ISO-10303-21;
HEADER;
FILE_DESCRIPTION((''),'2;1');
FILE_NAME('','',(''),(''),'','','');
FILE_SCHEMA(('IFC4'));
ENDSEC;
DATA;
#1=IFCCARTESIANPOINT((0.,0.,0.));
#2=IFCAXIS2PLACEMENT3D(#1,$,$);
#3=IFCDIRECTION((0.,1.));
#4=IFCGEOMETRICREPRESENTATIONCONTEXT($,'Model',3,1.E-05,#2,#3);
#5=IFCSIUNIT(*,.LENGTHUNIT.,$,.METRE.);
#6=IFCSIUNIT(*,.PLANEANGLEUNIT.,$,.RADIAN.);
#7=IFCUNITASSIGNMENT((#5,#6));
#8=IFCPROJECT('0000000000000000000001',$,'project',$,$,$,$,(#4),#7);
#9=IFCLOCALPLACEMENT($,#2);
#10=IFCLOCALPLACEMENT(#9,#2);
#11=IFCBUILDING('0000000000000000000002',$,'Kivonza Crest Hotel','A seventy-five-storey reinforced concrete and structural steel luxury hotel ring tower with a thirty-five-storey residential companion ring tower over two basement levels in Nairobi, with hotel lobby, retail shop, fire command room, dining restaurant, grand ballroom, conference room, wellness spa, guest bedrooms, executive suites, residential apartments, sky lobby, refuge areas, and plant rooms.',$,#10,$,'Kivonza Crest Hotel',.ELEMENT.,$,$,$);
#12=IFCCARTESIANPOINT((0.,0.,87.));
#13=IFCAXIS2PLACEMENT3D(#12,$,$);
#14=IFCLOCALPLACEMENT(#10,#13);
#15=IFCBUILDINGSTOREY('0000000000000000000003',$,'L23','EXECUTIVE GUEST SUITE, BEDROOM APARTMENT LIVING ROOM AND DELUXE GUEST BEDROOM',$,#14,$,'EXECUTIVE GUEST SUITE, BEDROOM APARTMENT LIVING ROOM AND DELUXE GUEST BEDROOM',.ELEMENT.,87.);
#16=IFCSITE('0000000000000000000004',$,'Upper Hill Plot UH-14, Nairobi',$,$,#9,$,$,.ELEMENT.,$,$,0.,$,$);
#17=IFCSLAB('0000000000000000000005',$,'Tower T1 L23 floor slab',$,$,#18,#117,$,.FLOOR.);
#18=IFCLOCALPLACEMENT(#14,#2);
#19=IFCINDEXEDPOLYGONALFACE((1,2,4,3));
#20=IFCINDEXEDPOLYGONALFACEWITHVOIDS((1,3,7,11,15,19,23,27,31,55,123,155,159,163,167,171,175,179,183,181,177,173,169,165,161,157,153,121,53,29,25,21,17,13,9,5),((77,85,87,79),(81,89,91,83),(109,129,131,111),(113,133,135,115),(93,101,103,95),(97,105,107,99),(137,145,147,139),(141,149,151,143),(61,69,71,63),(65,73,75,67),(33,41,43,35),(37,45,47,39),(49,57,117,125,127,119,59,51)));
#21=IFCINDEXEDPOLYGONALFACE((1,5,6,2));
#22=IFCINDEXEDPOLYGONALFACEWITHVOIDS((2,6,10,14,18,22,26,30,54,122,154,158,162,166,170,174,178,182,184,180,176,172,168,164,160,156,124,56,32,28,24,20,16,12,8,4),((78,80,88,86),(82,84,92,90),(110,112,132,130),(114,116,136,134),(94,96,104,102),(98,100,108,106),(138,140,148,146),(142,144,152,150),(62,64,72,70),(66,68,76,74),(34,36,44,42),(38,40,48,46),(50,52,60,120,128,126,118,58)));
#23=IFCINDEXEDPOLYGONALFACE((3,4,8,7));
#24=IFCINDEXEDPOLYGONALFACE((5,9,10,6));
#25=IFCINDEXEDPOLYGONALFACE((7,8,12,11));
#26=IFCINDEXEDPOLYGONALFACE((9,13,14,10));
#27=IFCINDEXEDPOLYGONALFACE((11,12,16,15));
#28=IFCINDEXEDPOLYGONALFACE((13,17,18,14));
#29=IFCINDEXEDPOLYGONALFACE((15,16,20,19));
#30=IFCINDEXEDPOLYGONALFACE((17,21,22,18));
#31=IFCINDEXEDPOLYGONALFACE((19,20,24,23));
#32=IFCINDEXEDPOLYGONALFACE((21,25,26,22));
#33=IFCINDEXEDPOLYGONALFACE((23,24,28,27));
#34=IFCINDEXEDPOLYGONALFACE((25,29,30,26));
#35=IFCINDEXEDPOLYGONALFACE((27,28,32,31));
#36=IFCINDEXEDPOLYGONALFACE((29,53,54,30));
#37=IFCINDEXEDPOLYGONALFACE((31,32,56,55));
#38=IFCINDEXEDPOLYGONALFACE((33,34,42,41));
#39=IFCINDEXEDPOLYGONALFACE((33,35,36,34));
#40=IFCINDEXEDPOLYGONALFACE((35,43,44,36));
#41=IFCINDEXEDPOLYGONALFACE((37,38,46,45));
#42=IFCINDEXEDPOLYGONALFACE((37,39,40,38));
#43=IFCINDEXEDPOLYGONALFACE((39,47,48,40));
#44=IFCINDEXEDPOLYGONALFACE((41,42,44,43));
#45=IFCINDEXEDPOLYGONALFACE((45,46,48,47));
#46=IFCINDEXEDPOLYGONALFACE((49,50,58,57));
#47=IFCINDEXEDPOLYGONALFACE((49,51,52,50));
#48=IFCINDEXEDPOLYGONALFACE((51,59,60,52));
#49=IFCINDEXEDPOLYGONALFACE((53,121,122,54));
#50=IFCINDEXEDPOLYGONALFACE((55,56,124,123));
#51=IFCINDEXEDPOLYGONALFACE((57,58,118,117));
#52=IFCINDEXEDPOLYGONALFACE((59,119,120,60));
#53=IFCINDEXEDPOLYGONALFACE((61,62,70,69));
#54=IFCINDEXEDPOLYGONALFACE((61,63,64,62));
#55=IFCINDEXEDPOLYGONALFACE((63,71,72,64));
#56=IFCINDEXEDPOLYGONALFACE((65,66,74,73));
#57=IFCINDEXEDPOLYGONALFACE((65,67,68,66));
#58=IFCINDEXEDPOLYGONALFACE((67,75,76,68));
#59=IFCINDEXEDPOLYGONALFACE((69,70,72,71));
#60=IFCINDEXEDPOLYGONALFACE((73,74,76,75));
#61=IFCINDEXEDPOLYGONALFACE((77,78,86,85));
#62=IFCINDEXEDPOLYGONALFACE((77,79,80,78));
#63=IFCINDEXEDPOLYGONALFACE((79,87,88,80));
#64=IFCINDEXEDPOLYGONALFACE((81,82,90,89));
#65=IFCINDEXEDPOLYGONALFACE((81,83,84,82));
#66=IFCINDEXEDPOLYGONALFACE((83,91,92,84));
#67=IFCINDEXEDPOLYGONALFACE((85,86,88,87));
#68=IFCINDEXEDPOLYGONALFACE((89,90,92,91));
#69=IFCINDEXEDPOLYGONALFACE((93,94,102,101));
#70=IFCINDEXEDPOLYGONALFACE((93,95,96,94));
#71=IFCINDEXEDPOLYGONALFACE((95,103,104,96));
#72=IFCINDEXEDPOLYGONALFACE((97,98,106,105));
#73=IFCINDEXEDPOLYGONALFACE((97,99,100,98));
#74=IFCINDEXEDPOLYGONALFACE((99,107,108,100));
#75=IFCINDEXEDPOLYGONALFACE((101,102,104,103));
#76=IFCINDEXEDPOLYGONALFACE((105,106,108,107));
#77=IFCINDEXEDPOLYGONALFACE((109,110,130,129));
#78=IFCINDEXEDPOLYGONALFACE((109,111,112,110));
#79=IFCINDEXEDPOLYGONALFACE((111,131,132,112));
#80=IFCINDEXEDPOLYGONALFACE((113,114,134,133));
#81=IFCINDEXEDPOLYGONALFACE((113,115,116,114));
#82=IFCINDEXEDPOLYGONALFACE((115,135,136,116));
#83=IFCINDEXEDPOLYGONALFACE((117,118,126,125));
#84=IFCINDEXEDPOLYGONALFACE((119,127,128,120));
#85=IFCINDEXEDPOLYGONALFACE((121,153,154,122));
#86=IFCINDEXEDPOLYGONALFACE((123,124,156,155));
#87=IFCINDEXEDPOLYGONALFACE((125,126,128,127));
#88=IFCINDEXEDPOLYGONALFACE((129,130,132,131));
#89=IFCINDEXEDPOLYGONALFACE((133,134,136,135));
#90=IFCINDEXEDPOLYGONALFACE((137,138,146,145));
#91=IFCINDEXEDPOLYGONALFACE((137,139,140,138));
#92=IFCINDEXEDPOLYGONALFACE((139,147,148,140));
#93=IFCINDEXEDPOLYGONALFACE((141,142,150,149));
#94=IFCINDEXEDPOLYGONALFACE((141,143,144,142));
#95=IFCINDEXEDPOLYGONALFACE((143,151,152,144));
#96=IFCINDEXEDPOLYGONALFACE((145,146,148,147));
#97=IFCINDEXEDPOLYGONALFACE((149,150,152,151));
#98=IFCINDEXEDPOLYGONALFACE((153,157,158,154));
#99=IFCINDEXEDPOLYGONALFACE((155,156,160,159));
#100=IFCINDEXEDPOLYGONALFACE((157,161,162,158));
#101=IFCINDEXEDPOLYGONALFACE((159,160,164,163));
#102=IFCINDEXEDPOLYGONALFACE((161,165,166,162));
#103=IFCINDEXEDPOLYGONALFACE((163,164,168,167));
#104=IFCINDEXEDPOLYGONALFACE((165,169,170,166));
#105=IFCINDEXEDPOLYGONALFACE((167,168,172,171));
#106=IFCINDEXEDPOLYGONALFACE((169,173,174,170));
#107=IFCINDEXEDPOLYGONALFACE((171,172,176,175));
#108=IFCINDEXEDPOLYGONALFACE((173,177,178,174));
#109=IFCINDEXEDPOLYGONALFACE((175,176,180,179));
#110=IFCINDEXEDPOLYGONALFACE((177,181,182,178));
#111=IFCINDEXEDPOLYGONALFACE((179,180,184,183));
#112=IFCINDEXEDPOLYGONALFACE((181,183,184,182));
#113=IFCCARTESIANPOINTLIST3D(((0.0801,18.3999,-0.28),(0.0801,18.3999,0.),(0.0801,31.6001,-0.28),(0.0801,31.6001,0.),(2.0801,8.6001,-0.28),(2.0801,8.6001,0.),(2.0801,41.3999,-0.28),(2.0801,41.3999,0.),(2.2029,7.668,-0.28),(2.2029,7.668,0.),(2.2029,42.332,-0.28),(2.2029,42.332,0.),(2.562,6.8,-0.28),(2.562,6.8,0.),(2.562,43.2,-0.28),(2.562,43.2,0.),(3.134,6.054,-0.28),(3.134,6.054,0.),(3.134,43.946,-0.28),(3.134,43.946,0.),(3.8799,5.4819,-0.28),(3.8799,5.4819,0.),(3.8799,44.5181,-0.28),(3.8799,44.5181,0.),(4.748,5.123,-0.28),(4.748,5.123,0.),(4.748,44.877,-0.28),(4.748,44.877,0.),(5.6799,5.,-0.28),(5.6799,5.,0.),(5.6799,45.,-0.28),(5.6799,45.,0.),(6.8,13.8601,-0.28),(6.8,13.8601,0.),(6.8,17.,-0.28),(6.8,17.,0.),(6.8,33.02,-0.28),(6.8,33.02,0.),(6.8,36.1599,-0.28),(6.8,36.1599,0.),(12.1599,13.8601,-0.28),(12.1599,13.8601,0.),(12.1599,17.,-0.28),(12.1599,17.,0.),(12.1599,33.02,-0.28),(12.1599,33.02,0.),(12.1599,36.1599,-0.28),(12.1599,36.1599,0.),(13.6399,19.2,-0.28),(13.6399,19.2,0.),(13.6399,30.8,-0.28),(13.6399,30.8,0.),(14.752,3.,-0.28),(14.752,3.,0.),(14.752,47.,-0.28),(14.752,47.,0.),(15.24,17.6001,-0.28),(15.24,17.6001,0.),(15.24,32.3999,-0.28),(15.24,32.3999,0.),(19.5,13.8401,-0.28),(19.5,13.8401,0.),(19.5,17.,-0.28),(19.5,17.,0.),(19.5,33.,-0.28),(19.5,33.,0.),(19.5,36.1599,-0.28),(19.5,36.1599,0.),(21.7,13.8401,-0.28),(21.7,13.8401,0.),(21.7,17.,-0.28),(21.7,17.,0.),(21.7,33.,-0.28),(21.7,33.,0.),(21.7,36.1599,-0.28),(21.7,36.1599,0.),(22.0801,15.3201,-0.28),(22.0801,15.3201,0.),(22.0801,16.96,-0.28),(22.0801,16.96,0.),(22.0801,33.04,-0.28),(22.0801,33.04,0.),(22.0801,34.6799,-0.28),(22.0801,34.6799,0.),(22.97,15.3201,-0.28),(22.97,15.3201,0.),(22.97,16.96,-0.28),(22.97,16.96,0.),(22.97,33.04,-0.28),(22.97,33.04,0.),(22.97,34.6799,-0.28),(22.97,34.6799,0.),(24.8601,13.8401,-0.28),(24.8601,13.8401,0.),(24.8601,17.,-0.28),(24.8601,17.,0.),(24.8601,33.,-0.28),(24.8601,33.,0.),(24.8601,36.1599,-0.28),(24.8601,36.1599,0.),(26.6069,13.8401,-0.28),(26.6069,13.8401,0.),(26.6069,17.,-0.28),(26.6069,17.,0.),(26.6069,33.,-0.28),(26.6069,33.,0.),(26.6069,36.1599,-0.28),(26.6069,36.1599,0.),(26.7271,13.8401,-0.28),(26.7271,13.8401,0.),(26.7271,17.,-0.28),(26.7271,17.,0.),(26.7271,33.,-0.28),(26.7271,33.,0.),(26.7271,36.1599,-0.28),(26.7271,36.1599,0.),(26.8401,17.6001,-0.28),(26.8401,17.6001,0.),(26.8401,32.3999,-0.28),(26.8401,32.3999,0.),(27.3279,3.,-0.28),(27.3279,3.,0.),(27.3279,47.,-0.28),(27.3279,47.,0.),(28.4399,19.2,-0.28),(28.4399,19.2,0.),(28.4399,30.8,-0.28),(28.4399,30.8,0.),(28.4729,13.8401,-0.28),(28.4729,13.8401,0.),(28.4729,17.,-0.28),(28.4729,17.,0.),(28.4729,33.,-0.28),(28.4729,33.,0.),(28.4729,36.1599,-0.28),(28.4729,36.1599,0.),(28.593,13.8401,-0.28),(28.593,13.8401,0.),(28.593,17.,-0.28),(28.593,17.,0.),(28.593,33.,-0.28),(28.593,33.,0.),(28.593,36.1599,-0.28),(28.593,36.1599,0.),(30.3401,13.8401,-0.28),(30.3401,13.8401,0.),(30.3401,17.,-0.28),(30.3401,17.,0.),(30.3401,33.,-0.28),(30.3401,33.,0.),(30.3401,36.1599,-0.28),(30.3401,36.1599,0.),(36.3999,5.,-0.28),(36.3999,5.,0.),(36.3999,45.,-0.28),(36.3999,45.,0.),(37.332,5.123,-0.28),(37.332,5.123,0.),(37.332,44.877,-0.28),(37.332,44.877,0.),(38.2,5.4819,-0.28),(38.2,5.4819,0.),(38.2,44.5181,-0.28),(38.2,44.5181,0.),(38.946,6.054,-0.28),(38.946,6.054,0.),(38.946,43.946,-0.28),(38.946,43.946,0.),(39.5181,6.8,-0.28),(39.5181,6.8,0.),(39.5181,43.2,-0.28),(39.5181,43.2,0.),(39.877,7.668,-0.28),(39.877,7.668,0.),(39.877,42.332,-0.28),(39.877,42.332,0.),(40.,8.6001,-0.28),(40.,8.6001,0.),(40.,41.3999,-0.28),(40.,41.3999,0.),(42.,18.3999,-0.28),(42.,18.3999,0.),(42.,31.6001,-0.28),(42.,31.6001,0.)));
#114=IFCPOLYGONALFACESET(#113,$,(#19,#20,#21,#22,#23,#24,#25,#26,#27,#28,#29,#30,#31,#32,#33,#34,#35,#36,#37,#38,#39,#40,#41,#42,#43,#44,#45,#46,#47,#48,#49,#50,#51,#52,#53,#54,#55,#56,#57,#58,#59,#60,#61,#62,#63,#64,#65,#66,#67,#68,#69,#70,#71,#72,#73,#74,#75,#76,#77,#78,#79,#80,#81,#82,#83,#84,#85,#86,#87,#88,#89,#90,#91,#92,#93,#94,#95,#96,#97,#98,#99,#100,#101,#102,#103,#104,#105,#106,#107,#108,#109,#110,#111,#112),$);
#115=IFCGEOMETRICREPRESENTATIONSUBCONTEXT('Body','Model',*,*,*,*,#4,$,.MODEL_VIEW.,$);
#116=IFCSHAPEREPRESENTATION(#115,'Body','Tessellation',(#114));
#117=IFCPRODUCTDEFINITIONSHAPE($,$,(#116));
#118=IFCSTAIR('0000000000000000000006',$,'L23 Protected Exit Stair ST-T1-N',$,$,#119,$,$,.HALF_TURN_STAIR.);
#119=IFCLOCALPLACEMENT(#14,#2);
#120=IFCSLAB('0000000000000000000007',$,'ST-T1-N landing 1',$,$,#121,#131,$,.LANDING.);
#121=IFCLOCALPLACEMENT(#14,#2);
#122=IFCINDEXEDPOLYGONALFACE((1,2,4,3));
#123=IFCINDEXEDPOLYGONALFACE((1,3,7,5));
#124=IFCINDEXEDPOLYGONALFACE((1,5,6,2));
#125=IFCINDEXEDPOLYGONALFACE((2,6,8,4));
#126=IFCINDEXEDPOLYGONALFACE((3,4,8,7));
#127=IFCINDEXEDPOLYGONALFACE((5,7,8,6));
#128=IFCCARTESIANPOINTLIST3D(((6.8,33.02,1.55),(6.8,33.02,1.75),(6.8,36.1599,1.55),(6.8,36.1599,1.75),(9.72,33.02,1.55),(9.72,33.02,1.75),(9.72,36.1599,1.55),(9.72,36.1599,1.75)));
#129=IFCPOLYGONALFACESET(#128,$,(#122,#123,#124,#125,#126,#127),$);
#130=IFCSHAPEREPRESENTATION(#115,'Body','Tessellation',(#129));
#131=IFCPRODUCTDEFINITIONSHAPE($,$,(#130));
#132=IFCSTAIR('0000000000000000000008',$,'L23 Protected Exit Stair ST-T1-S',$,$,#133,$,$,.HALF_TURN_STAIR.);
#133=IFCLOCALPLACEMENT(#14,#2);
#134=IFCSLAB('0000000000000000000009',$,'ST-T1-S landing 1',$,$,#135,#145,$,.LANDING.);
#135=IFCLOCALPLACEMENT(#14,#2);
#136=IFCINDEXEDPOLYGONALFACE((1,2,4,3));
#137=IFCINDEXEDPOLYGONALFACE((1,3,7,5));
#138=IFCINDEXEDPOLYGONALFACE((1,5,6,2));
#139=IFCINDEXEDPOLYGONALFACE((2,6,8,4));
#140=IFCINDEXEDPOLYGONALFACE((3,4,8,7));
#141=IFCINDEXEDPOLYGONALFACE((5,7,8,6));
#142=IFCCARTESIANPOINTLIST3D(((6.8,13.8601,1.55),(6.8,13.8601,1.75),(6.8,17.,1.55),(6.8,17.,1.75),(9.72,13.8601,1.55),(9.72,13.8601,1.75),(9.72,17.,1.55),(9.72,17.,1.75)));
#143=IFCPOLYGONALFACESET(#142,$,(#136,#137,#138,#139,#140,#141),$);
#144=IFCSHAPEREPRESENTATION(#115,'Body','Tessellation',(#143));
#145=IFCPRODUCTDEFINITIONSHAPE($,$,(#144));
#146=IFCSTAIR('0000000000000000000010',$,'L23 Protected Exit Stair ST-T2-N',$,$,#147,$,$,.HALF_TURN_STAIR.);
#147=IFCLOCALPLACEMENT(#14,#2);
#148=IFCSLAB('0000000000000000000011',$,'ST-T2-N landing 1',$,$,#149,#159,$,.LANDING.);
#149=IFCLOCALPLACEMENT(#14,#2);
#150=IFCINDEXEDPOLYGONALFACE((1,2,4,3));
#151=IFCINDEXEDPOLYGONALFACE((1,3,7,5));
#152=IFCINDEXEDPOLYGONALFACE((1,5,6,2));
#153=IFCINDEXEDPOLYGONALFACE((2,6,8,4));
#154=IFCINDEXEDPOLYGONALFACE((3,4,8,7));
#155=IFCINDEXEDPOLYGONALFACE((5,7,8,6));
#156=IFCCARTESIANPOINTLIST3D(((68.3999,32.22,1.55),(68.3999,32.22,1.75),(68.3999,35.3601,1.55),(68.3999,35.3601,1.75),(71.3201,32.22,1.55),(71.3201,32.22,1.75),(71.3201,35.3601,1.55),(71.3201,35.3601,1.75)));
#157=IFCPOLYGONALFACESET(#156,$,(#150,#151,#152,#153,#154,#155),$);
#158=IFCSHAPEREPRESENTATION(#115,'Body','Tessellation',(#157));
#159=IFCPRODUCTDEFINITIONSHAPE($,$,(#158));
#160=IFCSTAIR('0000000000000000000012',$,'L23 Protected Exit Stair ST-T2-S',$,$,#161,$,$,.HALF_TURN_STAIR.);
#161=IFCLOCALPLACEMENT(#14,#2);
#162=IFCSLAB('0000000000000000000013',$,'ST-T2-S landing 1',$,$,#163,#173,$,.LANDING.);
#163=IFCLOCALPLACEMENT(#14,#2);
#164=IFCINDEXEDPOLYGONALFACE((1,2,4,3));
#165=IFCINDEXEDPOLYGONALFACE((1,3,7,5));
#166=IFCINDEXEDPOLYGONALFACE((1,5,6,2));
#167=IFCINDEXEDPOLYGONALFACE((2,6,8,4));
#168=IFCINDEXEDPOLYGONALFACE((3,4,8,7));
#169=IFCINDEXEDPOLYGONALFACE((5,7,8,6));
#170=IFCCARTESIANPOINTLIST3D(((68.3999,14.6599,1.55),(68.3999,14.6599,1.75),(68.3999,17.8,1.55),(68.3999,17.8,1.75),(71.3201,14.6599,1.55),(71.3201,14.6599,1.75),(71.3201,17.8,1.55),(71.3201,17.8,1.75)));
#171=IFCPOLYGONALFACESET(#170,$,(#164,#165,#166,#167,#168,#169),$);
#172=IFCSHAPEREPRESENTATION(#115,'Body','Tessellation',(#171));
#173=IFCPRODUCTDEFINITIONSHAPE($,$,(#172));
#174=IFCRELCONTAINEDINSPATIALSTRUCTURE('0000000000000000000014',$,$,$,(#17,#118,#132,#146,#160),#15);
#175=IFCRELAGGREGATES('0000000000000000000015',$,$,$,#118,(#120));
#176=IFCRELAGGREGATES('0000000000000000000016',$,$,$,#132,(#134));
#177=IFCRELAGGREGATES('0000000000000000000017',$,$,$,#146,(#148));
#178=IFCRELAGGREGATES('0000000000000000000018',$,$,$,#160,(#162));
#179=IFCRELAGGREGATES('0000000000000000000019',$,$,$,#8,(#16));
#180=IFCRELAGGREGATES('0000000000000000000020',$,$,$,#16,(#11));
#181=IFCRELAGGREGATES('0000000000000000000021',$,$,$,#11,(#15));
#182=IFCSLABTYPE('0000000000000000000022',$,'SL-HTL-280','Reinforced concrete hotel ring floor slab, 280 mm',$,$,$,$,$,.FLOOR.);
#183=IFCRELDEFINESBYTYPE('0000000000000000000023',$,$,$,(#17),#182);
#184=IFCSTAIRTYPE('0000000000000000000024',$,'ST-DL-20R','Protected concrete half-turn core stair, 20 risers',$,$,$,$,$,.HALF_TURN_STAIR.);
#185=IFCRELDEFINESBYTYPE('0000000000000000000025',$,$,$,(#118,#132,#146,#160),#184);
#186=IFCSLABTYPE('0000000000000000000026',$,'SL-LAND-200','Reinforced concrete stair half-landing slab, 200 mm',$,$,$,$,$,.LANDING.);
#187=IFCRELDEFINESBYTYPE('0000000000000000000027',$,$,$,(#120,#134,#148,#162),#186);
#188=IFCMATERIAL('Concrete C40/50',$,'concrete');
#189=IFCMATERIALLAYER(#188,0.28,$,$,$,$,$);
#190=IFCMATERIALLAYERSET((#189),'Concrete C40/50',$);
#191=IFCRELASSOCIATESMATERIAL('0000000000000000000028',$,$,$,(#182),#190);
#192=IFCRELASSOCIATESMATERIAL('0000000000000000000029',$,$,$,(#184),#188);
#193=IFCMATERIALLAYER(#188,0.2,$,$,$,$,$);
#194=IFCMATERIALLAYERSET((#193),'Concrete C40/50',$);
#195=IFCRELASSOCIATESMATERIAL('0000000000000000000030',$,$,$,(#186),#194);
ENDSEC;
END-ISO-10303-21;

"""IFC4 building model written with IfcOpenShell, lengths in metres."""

from ifc_helpers import new_model, si_unit, direction, frame, origin, place, context, subcontext, project, spatial, polyline, outline, extrude, material, layer, layer_set, type_object, element, aggregate, save


model = new_model("IFC4")

# Units and contexts
model_context = context("Model", 3, precision=1e-05, world=origin(), true_north=direction((0.0, 1.0)))
body_context = subcontext(model_context, "Body", "Model", "MODEL_VIEW")
ifc_project = project(units=[si_unit("LENGTHUNIT", "METRE"), si_unit("PLANEANGLEUNIT", "RADIAN")], contexts=[model_context])

# Site, building, storey
site_placement = place(None, origin())
site = spatial("IfcSite", under=ifc_project, at=site_placement, Name="Upper Hill Plot UH-14, Nairobi", CompositionType="ELEMENT", RefElevation=0.0)
building_placement = place(site_placement, origin())
building = spatial("IfcBuilding", under=site, at=building_placement, Name="Kivonza Crest Hotel", Description="A seventy-five-storey reinforced concrete and structural steel luxury hotel ring tower with a thirty-five-storey residential companion ring tower over two basement levels in Nairobi, with hotel lobby, retail shop, fire command room, dining restaurant, grand ballroom, conference room, wellness spa, guest bedrooms, executive suites, residential apartments, sky lobby, refuge areas, and plant rooms.", LongName="Kivonza Crest Hotel", CompositionType="ELEMENT")
storey_placement = place(building_placement, frame((0.0, 0.0, 87.0)))
storey = spatial("IfcBuildingStorey", under=building, at=storey_placement, Name="L23", Description="EXECUTIVE GUEST SUITE, BEDROOM APARTMENT LIVING ROOM AND DELUXE GUEST BEDROOM", LongName="EXECUTIVE GUEST SUITE, BEDROOM APARTMENT LIVING ROOM AND DELUXE GUEST BEDROOM", CompositionType="ELEMENT", Elevation=87.0)

# Slab
ifc_material_1 = material(Name="Concrete C40/50", Category="concrete")
ifc_layer_1 = layer(ifc_material_1, 0.28)
ifc_layer_set_1 = layer_set([ifc_layer_1], Name="Concrete C40/50")
slab_type_1 = type_object("IfcSlabType", Name="SL-HTL-280", Description="Reinforced concrete hotel ring floor slab, 280 mm", PredefinedType="FLOOR", material=ifc_layer_set_1)
slab_1_placement = place(storey_placement, frame((0.0, 0.0, -0.28)))
element("IfcSlab", 1, at=slab_1_placement, inside=storey, type_object=slab_type_1, Name="Tower T1 L23 floor slab", PredefinedType="FLOOR", context=body_context, shape_type="SweptSolid", body=[
    extrude(outline(polyline([(2.0801, 8.6001), (2.2029, 7.668), (2.562, 6.8), (3.134, 6.054), (3.8799, 5.4819), (4.748, 5.123), (5.6799, 5.0), (14.752, 3.0), (27.3279, 3.0), (36.3999, 5.0), (37.332, 5.123), (38.2, 5.4819), (38.946, 6.054), (39.5181, 6.8), (39.877, 7.668), (40.0, 8.6001), (42.0, 18.3999), (42.0, 31.6001), (40.0, 41.3999), (39.877, 42.332), (39.5181, 43.2), (38.946, 43.946), (38.2, 44.5181), (37.332, 44.877), (36.3999, 45.0), (27.3279, 47.0), (14.752, 47.0), (5.6799, 45.0), (4.748, 44.877), (3.8799, 44.5181), (3.134, 43.946), (2.562, 43.2), (2.2029, 42.332), (2.0801, 41.3999), (0.0801, 31.6001), (0.0801, 18.3999), (2.0801, 8.6001)]), holes=[polyline([(15.24, 17.6001), (26.8401, 17.6001), (28.4399, 19.2), (28.4399, 30.8), (26.8401, 32.3999), (15.24, 32.3999), (13.6399, 30.8), (13.6399, 19.2), (15.24, 17.6001)]), polyline([(6.8, 33.02), (12.1599, 33.02), (12.1599, 36.1599), (6.8, 36.1599), (6.8, 33.02)]), polyline([(6.8, 13.8601), (12.1599, 13.8601), (12.1599, 17.0), (6.8, 17.0), (6.8, 13.8601)]), polyline([(22.0801, 33.04), (22.97, 33.04), (22.97, 34.6799), (22.0801, 34.6799), (22.0801, 33.04)]), polyline([(22.0801, 15.3201), (22.97, 15.3201), (22.97, 16.96), (22.0801, 16.96), (22.0801, 15.3201)]), polyline([(19.5, 33.0), (21.7, 33.0), (21.7, 36.1599), (19.5, 36.1599), (19.5, 33.0)]), polyline([(24.8601, 33.0), (26.6069, 33.0), (26.6069, 36.1599), (24.8601, 36.1599), (24.8601, 33.0)]), polyline([(26.7271, 33.0), (28.4729, 33.0), (28.4729, 36.1599), (26.7271, 36.1599), (26.7271, 33.0)]), polyline([(28.593, 33.0), (30.3401, 33.0), (30.3401, 36.1599), (28.593, 36.1599), (28.593, 33.0)]), polyline([(19.5, 13.8401), (21.7, 13.8401), (21.7, 17.0), (19.5, 17.0), (19.5, 13.8401)]), polyline([(24.8601, 13.8401), (26.6069, 13.8401), (26.6069, 17.0), (24.8601, 17.0), (24.8601, 13.8401)]), polyline([(26.7271, 13.8401), (28.4729, 13.8401), (28.4729, 17.0), (26.7271, 17.0), (26.7271, 13.8401)]), polyline([(28.593, 13.8401), (30.3401, 13.8401), (30.3401, 17.0), (28.593, 17.0), (28.593, 13.8401)])]), origin(), (0.0, 0.0, 1.0), 0.28),
])

# Stairs, slabs
stair_type = type_object("IfcStairType", Name="ST-DL-20R", Description="Protected concrete half-turn core stair, 20 risers", PredefinedType="HALF_TURN_STAIR", material=ifc_material_1)
stair_1_placement = place(storey_placement, origin())
stair_1 = element("IfcStair", 2, at=stair_1_placement, inside=storey, type_object=stair_type, Name="L23 Protected Exit Stair ST-T1-N", PredefinedType="HALF_TURN_STAIR")
ifc_layer_2 = layer(ifc_material_1, 0.2)
ifc_layer_set_2 = layer_set([ifc_layer_2], Name="Concrete C40/50")
slab_type_2 = type_object("IfcSlabType", Name="SL-LAND-200", Description="Reinforced concrete stair half-landing slab, 200 mm", PredefinedType="LANDING", material=ifc_layer_set_2)
slab_2_placement = place(storey_placement, frame((0.0, 0.0, 1.55)))
slab_2 = element("IfcSlab", 3, at=slab_2_placement, type_object=slab_type_2, Name="ST-T1-N landing 1", PredefinedType="LANDING", context=body_context, shape_type="SweptSolid", body=[
    extrude(outline(polyline([(9.72, 36.1599), (6.8, 36.1599), (6.8, 33.02), (9.72, 33.02), (9.72, 36.1599)])), origin(), (0.0, 0.0, 1.0), 0.2),
])
aggregate(stair_1, [slab_2])
stair_2_placement = place(storey_placement, origin())
stair_2 = element("IfcStair", 4, at=stair_2_placement, inside=storey, type_object=stair_type, Name="L23 Protected Exit Stair ST-T1-S", PredefinedType="HALF_TURN_STAIR")
slab_3_placement = place(storey_placement, frame((0.0, 0.0, 1.55)))
slab_3 = element("IfcSlab", 5, at=slab_3_placement, type_object=slab_type_2, Name="ST-T1-S landing 1", PredefinedType="LANDING", context=body_context, shape_type="SweptSolid", body=[
    extrude(outline(polyline([(9.72, 17.0), (6.8, 17.0), (6.8, 13.8601), (9.72, 13.8601), (9.72, 17.0)])), origin(), (0.0, 0.0, 1.0), 0.2),
])
aggregate(stair_2, [slab_3])
stair_3_placement = place(storey_placement, origin())
stair_3 = element("IfcStair", 6, at=stair_3_placement, inside=storey, type_object=stair_type, Name="L23 Protected Exit Stair ST-T2-N", PredefinedType="HALF_TURN_STAIR")
slab_4_placement = place(storey_placement, frame((0.0, 0.0, 1.55)))
slab_4 = element("IfcSlab", 7, at=slab_4_placement, type_object=slab_type_2, Name="ST-T2-N landing 1", PredefinedType="LANDING", context=body_context, shape_type="SweptSolid", body=[
    extrude(outline(polyline([(71.3201, 35.3601), (68.3999, 35.3601), (68.3999, 32.22), (71.3201, 32.22), (71.3201, 35.3601)])), origin(), (0.0, 0.0, 1.0), 0.2),
])
aggregate(stair_3, [slab_4])
stair_4_placement = place(storey_placement, origin())
stair_4 = element("IfcStair", 8, at=stair_4_placement, inside=storey, type_object=stair_type, Name="L23 Protected Exit Stair ST-T2-S", PredefinedType="HALF_TURN_STAIR")
slab_5_placement = place(storey_placement, frame((0.0, 0.0, 1.55)))
slab_5 = element("IfcSlab", 9, at=slab_5_placement, type_object=slab_type_2, Name="ST-T2-S landing 1", PredefinedType="LANDING", context=body_context, shape_type="SweptSolid", body=[
    extrude(outline(polyline([(71.3201, 17.8), (68.3999, 17.8), (68.3999, 14.6599), (71.3201, 14.6599), (71.3201, 17.8)])), origin(), (0.0, 0.0, 1.0), 0.2),
])
aggregate(stair_4, [slab_5])

save(model, "model.ifc")
